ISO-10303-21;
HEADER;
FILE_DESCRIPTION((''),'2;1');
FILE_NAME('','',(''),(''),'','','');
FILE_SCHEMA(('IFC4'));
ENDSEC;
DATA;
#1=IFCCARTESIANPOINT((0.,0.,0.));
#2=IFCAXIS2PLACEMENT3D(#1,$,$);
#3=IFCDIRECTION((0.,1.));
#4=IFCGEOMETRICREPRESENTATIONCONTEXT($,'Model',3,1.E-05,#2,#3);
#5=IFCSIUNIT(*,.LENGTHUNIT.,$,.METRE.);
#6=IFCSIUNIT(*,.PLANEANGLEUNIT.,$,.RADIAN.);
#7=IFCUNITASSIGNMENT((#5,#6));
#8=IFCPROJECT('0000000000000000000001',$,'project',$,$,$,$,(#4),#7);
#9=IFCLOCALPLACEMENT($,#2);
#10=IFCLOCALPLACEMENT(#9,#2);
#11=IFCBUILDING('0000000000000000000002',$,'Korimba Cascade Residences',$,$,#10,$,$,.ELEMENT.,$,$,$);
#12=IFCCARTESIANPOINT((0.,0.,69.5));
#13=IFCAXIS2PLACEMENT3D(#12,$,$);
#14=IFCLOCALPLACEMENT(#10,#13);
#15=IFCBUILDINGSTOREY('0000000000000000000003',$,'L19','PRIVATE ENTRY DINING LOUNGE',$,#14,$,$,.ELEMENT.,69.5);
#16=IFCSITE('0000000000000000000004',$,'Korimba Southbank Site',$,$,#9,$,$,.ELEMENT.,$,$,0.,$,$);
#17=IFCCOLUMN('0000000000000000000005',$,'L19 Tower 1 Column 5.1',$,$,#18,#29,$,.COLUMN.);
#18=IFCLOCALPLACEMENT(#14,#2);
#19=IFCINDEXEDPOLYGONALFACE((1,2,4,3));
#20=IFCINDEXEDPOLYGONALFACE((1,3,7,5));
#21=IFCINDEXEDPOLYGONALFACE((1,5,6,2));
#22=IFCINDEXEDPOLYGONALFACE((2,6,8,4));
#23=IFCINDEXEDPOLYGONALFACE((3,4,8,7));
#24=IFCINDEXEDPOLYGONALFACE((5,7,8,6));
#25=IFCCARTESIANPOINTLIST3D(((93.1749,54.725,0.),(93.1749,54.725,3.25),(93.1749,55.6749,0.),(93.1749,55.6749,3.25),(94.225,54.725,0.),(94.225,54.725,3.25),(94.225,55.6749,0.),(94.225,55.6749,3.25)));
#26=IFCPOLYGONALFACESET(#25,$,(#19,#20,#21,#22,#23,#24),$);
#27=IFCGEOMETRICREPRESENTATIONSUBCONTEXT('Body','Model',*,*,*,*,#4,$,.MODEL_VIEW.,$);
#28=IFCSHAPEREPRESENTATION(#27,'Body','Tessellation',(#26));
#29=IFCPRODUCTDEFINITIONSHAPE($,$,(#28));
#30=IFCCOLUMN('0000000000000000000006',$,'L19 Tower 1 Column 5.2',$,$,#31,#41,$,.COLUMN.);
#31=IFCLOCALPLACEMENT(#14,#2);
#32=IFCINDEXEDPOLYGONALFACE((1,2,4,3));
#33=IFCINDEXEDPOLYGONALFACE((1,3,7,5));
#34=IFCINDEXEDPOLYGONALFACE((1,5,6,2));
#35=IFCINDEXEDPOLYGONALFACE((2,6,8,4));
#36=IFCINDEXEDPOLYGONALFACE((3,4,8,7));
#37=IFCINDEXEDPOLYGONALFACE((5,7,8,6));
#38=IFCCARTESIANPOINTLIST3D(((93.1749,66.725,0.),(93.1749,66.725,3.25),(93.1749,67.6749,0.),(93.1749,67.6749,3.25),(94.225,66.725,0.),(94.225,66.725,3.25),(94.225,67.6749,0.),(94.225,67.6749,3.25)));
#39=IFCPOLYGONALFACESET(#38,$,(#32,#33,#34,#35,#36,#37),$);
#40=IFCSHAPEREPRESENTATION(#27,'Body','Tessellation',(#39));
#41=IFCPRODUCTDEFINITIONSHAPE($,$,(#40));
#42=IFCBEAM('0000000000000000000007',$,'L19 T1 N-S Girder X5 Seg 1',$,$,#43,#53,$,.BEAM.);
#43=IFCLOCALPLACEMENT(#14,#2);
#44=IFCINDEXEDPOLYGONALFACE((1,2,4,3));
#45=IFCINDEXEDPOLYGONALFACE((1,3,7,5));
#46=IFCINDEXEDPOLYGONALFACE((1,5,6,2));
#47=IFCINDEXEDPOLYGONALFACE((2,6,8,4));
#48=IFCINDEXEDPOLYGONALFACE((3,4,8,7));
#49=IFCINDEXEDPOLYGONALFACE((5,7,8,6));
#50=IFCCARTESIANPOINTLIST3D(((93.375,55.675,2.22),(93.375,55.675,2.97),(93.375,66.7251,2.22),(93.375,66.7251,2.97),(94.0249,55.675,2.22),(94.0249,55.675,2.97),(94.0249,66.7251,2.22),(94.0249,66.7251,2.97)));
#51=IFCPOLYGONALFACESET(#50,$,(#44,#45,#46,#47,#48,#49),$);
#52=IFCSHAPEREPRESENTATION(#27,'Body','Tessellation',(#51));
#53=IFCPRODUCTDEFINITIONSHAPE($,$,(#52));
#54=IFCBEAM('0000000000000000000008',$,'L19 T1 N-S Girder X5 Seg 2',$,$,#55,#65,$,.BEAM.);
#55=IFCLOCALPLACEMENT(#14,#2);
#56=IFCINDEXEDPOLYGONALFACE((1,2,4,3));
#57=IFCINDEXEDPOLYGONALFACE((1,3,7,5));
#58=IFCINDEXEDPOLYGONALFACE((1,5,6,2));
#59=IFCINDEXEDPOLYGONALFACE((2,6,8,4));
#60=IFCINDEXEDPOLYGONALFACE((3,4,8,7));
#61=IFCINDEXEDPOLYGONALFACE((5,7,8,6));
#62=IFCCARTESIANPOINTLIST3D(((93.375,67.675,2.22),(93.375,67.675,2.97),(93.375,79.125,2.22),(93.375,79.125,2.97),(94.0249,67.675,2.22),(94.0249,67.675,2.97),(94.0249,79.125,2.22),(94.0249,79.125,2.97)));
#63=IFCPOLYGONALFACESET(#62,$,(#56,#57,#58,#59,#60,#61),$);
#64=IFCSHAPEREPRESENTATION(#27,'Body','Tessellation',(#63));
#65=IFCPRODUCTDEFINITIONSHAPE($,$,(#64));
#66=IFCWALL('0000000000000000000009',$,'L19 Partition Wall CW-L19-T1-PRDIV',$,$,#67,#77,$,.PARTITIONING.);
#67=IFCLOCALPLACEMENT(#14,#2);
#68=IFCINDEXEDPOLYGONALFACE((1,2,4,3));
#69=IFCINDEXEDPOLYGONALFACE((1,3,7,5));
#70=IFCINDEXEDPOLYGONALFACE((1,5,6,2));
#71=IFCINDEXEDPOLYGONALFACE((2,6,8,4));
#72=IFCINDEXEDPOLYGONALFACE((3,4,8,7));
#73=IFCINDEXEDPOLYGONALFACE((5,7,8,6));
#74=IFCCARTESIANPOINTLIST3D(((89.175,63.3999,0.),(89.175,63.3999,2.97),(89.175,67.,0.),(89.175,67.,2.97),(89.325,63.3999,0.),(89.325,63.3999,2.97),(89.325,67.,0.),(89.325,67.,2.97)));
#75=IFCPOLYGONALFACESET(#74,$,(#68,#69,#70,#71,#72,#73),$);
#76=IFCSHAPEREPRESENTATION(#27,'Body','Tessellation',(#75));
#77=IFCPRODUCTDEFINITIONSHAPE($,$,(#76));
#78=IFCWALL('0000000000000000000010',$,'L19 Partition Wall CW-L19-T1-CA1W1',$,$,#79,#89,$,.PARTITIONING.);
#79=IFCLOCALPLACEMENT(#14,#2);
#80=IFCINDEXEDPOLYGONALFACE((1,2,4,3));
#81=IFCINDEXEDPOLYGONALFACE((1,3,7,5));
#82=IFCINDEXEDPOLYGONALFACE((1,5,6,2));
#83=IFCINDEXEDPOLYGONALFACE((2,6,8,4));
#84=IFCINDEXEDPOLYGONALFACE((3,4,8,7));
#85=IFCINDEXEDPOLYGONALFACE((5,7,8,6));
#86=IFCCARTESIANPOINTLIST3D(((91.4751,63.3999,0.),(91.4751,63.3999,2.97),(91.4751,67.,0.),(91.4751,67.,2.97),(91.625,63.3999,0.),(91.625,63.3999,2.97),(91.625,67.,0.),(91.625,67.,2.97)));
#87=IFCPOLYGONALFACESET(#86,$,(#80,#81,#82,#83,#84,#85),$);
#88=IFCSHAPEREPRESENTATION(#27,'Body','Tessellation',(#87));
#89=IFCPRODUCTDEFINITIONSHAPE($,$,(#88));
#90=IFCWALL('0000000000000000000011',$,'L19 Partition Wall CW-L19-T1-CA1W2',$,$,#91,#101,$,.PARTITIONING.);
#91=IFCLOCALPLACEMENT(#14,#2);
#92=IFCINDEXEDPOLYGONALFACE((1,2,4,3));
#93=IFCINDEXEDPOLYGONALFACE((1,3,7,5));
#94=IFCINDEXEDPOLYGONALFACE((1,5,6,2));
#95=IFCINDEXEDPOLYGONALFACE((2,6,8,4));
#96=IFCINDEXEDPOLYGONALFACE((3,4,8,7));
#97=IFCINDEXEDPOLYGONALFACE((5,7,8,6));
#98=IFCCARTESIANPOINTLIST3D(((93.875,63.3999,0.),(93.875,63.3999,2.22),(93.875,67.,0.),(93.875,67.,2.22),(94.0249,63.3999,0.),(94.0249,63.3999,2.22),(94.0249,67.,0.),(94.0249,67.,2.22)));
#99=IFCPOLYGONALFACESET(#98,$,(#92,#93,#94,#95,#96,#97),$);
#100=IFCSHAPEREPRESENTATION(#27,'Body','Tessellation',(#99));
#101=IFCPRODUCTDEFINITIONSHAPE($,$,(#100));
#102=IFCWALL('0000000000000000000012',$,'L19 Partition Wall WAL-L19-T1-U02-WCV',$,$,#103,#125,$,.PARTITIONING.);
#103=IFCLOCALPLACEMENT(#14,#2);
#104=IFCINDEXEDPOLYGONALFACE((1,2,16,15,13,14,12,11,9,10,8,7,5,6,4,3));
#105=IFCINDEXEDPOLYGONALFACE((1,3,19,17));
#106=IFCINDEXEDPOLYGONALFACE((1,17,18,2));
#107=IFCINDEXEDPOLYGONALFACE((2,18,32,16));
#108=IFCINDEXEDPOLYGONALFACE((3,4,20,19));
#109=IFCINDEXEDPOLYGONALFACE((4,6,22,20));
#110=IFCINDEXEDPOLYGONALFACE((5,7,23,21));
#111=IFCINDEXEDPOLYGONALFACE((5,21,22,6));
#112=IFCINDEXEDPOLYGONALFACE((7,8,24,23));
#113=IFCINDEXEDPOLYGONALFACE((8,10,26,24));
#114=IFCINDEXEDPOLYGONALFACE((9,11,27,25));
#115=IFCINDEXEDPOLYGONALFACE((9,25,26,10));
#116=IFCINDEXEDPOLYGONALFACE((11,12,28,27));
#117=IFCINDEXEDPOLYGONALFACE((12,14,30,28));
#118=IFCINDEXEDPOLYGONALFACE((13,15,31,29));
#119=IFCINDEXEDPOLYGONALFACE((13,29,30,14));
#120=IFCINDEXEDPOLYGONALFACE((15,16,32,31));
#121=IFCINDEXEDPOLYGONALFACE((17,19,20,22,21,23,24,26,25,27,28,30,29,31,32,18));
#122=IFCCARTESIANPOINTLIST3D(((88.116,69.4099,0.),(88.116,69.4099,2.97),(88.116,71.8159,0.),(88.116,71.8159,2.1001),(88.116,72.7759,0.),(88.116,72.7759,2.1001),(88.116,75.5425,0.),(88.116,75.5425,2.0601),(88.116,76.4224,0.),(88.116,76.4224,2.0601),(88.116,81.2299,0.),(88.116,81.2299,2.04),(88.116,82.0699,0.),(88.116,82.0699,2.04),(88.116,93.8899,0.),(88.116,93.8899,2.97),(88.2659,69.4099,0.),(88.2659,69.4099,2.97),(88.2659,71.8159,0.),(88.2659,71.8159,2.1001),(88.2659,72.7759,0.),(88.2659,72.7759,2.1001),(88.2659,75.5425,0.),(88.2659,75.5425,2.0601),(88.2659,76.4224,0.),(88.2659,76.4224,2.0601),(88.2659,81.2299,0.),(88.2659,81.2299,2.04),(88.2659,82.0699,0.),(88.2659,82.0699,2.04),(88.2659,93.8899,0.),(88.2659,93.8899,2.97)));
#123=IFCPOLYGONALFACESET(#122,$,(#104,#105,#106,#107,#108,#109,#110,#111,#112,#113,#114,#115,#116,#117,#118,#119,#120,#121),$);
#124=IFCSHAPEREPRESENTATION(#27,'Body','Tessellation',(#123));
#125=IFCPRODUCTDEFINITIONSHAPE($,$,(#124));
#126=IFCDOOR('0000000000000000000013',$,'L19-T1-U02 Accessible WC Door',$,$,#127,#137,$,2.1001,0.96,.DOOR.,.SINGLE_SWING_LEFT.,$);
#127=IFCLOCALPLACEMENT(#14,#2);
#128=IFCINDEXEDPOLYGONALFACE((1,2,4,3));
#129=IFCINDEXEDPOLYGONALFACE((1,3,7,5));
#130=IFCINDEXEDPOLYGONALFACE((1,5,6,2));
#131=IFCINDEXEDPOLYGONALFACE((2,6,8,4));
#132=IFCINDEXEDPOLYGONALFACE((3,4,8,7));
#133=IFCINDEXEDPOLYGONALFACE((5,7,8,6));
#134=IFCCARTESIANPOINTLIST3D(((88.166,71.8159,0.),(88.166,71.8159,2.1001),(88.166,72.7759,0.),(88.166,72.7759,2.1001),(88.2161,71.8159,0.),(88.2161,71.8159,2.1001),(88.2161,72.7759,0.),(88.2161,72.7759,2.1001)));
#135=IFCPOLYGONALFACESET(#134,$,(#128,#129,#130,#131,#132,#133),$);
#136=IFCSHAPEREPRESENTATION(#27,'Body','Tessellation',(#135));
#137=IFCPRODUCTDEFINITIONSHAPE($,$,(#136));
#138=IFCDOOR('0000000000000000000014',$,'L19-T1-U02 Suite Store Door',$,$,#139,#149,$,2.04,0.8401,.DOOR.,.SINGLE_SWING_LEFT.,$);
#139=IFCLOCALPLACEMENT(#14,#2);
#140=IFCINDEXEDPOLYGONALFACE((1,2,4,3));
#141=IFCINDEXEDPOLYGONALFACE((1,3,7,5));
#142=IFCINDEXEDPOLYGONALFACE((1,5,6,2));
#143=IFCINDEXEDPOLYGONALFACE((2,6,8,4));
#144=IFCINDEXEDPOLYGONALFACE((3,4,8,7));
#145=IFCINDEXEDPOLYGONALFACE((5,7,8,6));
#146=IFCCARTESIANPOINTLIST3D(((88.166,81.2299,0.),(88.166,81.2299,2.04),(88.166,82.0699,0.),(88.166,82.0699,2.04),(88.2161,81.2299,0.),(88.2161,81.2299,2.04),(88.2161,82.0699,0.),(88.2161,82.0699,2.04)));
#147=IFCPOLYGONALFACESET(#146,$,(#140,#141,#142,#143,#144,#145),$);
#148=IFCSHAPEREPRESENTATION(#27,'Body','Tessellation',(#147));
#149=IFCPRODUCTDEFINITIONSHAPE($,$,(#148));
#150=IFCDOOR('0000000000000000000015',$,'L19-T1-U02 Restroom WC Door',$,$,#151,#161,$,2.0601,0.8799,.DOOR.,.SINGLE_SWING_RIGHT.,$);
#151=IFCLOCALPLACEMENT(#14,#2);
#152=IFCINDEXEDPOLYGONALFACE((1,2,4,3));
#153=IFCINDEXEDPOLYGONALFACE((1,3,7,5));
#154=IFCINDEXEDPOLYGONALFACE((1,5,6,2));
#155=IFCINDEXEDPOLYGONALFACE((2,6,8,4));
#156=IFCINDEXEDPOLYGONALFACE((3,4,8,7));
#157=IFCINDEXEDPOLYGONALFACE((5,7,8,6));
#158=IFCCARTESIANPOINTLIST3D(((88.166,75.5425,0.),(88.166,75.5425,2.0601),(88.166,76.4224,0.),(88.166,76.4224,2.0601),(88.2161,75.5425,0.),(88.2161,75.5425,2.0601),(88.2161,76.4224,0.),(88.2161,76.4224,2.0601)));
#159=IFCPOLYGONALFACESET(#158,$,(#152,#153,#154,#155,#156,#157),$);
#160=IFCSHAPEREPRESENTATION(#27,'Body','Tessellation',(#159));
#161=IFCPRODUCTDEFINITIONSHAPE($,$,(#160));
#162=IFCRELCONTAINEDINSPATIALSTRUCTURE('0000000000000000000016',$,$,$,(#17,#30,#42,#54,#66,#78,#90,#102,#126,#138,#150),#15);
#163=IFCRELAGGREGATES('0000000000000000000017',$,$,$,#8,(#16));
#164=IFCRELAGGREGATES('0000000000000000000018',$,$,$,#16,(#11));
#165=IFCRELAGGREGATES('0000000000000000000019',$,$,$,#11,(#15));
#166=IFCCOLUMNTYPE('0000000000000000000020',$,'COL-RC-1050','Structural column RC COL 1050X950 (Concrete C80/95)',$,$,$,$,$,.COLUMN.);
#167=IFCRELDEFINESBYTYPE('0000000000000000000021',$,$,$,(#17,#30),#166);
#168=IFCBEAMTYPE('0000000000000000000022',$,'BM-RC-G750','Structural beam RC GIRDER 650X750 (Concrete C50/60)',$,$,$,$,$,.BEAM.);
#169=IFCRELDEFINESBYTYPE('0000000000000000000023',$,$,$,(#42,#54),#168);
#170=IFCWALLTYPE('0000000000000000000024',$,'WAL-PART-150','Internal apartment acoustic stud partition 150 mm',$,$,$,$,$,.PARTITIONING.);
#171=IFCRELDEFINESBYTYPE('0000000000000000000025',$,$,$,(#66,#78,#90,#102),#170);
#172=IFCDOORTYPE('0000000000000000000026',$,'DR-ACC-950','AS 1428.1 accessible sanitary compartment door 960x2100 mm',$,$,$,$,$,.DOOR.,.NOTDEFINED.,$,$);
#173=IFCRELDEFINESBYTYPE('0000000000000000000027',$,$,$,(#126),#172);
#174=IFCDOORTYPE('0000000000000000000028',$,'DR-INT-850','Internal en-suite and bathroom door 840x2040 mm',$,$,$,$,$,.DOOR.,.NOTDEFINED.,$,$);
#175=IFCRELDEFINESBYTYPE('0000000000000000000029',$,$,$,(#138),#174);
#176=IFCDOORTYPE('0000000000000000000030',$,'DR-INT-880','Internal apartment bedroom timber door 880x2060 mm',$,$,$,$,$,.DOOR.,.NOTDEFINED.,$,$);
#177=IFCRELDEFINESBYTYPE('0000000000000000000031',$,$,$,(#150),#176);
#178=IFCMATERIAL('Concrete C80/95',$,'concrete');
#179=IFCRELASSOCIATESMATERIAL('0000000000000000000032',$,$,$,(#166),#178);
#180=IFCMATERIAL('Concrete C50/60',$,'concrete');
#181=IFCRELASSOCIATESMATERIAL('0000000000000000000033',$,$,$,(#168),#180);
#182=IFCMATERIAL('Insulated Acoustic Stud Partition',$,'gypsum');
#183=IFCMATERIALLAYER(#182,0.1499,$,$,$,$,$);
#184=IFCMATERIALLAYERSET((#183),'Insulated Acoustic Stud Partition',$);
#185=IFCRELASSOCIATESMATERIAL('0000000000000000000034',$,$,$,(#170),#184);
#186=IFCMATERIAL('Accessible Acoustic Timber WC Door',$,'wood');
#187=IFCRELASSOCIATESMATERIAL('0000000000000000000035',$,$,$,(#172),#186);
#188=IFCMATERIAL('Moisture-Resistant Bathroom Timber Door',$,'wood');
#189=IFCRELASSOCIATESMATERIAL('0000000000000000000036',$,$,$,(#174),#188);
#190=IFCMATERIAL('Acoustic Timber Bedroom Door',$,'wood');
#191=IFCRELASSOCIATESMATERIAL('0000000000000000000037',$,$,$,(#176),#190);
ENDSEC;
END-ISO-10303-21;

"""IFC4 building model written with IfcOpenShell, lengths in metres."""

from ifc_helpers import new_model, si_unit, direction, frame, frame_2d, origin, origin_2d, place, context, subcontext, project, spatial, rectangle, extrude, material, layer, layer_set, material_profile, profile_set, type_object, element, fill, save


model = new_model("IFC4")

# Units and contexts
model_context = context("Model", 3, precision=1e-05, world=origin(), true_north=direction((0.0, 1.0)))
body_context = subcontext(model_context, "Body", "Model", "MODEL_VIEW")
ifc_project = project(units=[si_unit("LENGTHUNIT", "METRE"), si_unit("PLANEANGLEUNIT", "RADIAN")], contexts=[model_context])

# Site, building, storey
site_placement = place(None, origin())
site = spatial("IfcSite", under=ifc_project, at=site_placement, Name="Korimba Southbank Site", CompositionType="ELEMENT", RefElevation=0.0)
building_placement = place(site_placement, origin())
building = spatial("IfcBuilding", under=site, at=building_placement, Name="Korimba Cascade Residences", CompositionType="ELEMENT")
storey_placement = place(building_placement, frame((0.0, 0.0, 69.5)))
storey = spatial("IfcBuildingStorey", under=building, at=storey_placement, Name="L19", Description="PRIVATE ENTRY DINING LOUNGE", CompositionType="ELEMENT", Elevation=69.5)

# Columns
ifc_material_1 = material(Name="Concrete C80/95", Category="concrete")
ifc_material_profile_1 = material_profile(ifc_material_1, rectangle(XDim=1.05, YDim=0.95, at=origin_2d()), Name="Concrete C80/95")
ifc_profile_set_1 = profile_set([ifc_material_profile_1], Name="Concrete C80/95")
column_type = type_object("IfcColumnType", Name="COL-RC-1050", Description="Structural column RC COL 1050X950 (Concrete C80/95)", PredefinedType="COLUMN", material=ifc_profile_set_1)
for number, where, z_axis, x_axis, name in (
    (1, (93.7, 55.2, 0.0), (0.0, 0.0, 1.0), (1.0, 0.0, 0.0), "L19 Tower 1 Column 5.1"),
    (2, (93.7, 67.2, 0.0), (0.0, 0.0, 1.0), (1.0, 0.0, 0.0), "L19 Tower 1 Column 5.2"),
):
    element("IfcColumn", number, at=place(storey_placement, frame(where, z_axis=z_axis, x_axis=x_axis)), inside=storey, type_object=column_type, Name=name, PredefinedType="COLUMN", context=body_context, shape_type="SweptSolid", body=[
        extrude(rectangle(XDim=1.05, YDim=0.95, at=origin_2d()), origin(), (0.0, 0.0, 1.0), 3.25),
    ])

# Beams
ifc_material_2 = material(Name="Concrete C50/60", Category="concrete")
ifc_material_profile_2 = material_profile(ifc_material_2, rectangle(XDim=0.6499, YDim=0.75, at=origin_2d()), Name="Concrete C50/60")
ifc_profile_set_2 = profile_set([ifc_material_profile_2], Name="Concrete C50/60")
beam_type = type_object("IfcBeamType", Name="BM-RC-G750", Description="Structural beam RC GIRDER 650X750 (Concrete C50/60)", PredefinedType="BEAM", material=ifc_profile_set_2)
beam_1_placement = place(storey_placement, frame((93.7, 55.675, 2.595), z_axis=(0.0, 1.0, 0.0), x_axis=(-1.0, 0.0, 0.0)))
element("IfcBeam", 3, at=beam_1_placement, inside=storey, type_object=beam_type, Name="L19 T1 N-S Girder X5 Seg 1", PredefinedType="BEAM", context=body_context, shape_type="SweptSolid", body=[
    extrude(rectangle(XDim=0.6499, YDim=0.75, at=origin_2d()), origin(), (0.0, 0.0, 1.0), 11.05),
])
beam_2_placement = place(storey_placement, frame((93.7, 67.675, 2.595), z_axis=(0.0, 1.0, 0.0), x_axis=(-1.0, 0.0, 0.0)))
element("IfcBeam", 4, at=beam_2_placement, inside=storey, type_object=beam_type, Name="L19 T1 N-S Girder X5 Seg 2", PredefinedType="BEAM", context=body_context, shape_type="SweptSolid", body=[
    extrude(rectangle(XDim=0.6499, YDim=0.75, at=origin_2d()), origin(), (0.0, 0.0, 1.0), 11.45),
])

# Walls
ifc_material_3 = material(Name="Insulated Acoustic Stud Partition", Category="gypsum")
ifc_layer_1 = layer(ifc_material_3, 0.1499)
ifc_layer_set_1 = layer_set([ifc_layer_1], Name="Insulated Acoustic Stud Partition")
wall_type_1 = type_object("IfcWallType", Name="WAL-PART-150", Description="Internal apartment acoustic stud partition 150 mm", PredefinedType="PARTITIONING", material=ifc_layer_set_1)
for number, where, z_axis, x_axis, name in (
    (5, (89.25, 63.3999, 0.0), (0.0, 0.0, 1.0), (0.0, 1.0, 0.0), "L19 Partition Wall CW-L19-T1-PRDIV"),
    (6, (91.55, 63.3999, 0.0), (0.0, 0.0, 1.0), (0.0, 1.0, 0.0), "L19 Partition Wall CW-L19-T1-CA1W1"),
):
    element("IfcWall", number, at=place(storey_placement, frame(where, z_axis=z_axis, x_axis=x_axis)), inside=storey, type_object=wall_type_1, Name=name, PredefinedType="PARTITIONING", context=body_context, shape_type="SweptSolid", body=[
        extrude(rectangle(XDim=3.6001, YDim=0.1499, at=frame_2d((1.8, 0.0))), origin(), (0.0, 0.0, 1.0), 2.97),
    ])
wall_1_placement = place(storey_placement, frame((93.95, 63.3999, 0.0), z_axis=(0.0, 0.0, 1.0), x_axis=(0.0, 1.0, 0.0)))
element("IfcWall", 7, at=wall_1_placement, inside=storey, type_object=wall_type_1, Name="L19 Partition Wall CW-L19-T1-CA1W2", PredefinedType="PARTITIONING", context=body_context, shape_type="SweptSolid", body=[
    extrude(rectangle(XDim=3.6001, YDim=0.1499, at=frame_2d((1.8, 0.0))), origin(), (0.0, 0.0, 1.0), 2.22),
])

# Wall, openings, doors
wall_2_placement = place(storey_placement, frame((88.1909, 69.4099, 0.0), z_axis=(0.0, 0.0, 1.0), x_axis=(0.0, 1.0, 0.0)))
wall_2 = element("IfcWall", 8, at=wall_2_placement, inside=storey, type_object=wall_type_1, Name="L19 Partition Wall WAL-L19-T1-U02-WCV", PredefinedType="PARTITIONING", context=body_context, shape_type="SweptSolid", body=[
    extrude(rectangle(XDim=24.48, YDim=0.1499, at=frame_2d((12.24, 0.0))), origin(), (0.0, 0.0, 1.0), 2.97),
])
opening_1_placement = place(wall_2_placement, frame((2.406, 0.0, 0.0)))
opening_1 = element("IfcOpeningElement", 9, at=opening_1_placement, cuts=wall_2, PredefinedType="OPENING", context=body_context, shape_type="SweptSolid", body=[
    extrude(rectangle(XDim=0.96, YDim=2.1001, at=frame_2d((0.48, 1.05))), frame((0.0, 0.085, 0.0), z_axis=(0.0, -1.0, 0.0), x_axis=(1.0, 0.0, 0.0)), (0.0, 0.0, 1.0), 0.1699),
])
opening_2_placement = place(wall_2_placement, frame((6.1326, 0.0, 0.0)))
opening_2 = element("IfcOpeningElement", 10, at=opening_2_placement, cuts=wall_2, PredefinedType="OPENING", context=body_context, shape_type="SweptSolid", body=[
    extrude(rectangle(XDim=0.8799, YDim=2.0601, at=frame_2d((0.4399, 1.03))), frame((0.0, 0.085, 0.0), z_axis=(0.0, -1.0, 0.0), x_axis=(1.0, 0.0, 0.0)), (0.0, 0.0, 1.0), 0.1699),
])
opening_3_placement = place(wall_2_placement, frame((11.8201, 0.0, 0.0)))
opening_3 = element("IfcOpeningElement", 11, at=opening_3_placement, cuts=wall_2, PredefinedType="OPENING", context=body_context, shape_type="SweptSolid", body=[
    extrude(rectangle(XDim=0.8401, YDim=2.04, at=frame_2d((0.4199, 1.02))), frame((0.0, 0.085, 0.0), z_axis=(0.0, -1.0, 0.0), x_axis=(1.0, 0.0, 0.0)), (0.0, 0.0, 1.0), 0.1699),
])
ifc_material_4 = material(Name="Accessible Acoustic Timber WC Door", Category="wood")
door_type_1 = type_object("IfcDoorType", Name="DR-ACC-950", Description="AS 1428.1 accessible sanitary compartment door 960x2100 mm", OperationType="NOTDEFINED", PredefinedType="DOOR", material=ifc_material_4)
door_1_placement = place(opening_1_placement, origin())
door_1 = element("IfcDoor", 12, at=door_1_placement, inside=storey, type_object=door_type_1, Name="L19-T1-U02 Accessible WC Door", OperationType="SINGLE_SWING_LEFT", OverallHeight=2.1001, OverallWidth=0.96, PredefinedType="DOOR", context=body_context, shape_type="SweptSolid", body=[
    extrude(rectangle(XDim=0.96, YDim=2.1001, at=frame_2d((0.48, 1.05))), frame((0.0, 0.0249, 0.0), z_axis=(0.0, -1.0, 0.0), x_axis=(1.0, 0.0, 0.0)), (0.0, 0.0, 1.0), 0.05),
])
fill(opening_1, door_1)
ifc_material_5 = material(Name="Moisture-Resistant Bathroom Timber Door", Category="wood")
door_type_2 = type_object("IfcDoorType", Name="DR-INT-850", Description="Internal en-suite and bathroom door 840x2040 mm", OperationType="NOTDEFINED", PredefinedType="DOOR", material=ifc_material_5)
door_2_placement = place(opening_3_placement, origin())
door_2 = element("IfcDoor", 13, at=door_2_placement, inside=storey, type_object=door_type_2, Name="L19-T1-U02 Suite Store Door", OperationType="SINGLE_SWING_LEFT", OverallHeight=2.04, OverallWidth=0.8401, PredefinedType="DOOR", context=body_context, shape_type="SweptSolid", body=[
    extrude(rectangle(XDim=0.8401, YDim=2.04, at=frame_2d((0.4199, 1.02))), frame((0.0, 0.0249, 0.0), z_axis=(0.0, -1.0, 0.0), x_axis=(1.0, 0.0, 0.0)), (0.0, 0.0, 1.0), 0.05),
])
fill(opening_3, door_2)
ifc_material_6 = material(Name="Acoustic Timber Bedroom Door", Category="wood")
door_type_3 = type_object("IfcDoorType", Name="DR-INT-880", Description="Internal apartment bedroom timber door 880x2060 mm", OperationType="NOTDEFINED", PredefinedType="DOOR", material=ifc_material_6)
door_3_placement = place(opening_2_placement, origin())
door_3 = element("IfcDoor", 14, at=door_3_placement, inside=storey, type_object=door_type_3, Name="L19-T1-U02 Restroom WC Door", OperationType="SINGLE_SWING_RIGHT", OverallHeight=2.0601, OverallWidth=0.8799, PredefinedType="DOOR", context=body_context, shape_type="SweptSolid", body=[
    extrude(rectangle(XDim=0.8799, YDim=2.0601, at=frame_2d((0.4399, 1.03))), frame((0.0, 0.0249, 0.0), z_axis=(0.0, -1.0, 0.0), x_axis=(1.0, 0.0, 0.0)), (0.0, 0.0, 1.0), 0.05),
])
fill(opening_2, door_3)

save(model, "model.ifc")
